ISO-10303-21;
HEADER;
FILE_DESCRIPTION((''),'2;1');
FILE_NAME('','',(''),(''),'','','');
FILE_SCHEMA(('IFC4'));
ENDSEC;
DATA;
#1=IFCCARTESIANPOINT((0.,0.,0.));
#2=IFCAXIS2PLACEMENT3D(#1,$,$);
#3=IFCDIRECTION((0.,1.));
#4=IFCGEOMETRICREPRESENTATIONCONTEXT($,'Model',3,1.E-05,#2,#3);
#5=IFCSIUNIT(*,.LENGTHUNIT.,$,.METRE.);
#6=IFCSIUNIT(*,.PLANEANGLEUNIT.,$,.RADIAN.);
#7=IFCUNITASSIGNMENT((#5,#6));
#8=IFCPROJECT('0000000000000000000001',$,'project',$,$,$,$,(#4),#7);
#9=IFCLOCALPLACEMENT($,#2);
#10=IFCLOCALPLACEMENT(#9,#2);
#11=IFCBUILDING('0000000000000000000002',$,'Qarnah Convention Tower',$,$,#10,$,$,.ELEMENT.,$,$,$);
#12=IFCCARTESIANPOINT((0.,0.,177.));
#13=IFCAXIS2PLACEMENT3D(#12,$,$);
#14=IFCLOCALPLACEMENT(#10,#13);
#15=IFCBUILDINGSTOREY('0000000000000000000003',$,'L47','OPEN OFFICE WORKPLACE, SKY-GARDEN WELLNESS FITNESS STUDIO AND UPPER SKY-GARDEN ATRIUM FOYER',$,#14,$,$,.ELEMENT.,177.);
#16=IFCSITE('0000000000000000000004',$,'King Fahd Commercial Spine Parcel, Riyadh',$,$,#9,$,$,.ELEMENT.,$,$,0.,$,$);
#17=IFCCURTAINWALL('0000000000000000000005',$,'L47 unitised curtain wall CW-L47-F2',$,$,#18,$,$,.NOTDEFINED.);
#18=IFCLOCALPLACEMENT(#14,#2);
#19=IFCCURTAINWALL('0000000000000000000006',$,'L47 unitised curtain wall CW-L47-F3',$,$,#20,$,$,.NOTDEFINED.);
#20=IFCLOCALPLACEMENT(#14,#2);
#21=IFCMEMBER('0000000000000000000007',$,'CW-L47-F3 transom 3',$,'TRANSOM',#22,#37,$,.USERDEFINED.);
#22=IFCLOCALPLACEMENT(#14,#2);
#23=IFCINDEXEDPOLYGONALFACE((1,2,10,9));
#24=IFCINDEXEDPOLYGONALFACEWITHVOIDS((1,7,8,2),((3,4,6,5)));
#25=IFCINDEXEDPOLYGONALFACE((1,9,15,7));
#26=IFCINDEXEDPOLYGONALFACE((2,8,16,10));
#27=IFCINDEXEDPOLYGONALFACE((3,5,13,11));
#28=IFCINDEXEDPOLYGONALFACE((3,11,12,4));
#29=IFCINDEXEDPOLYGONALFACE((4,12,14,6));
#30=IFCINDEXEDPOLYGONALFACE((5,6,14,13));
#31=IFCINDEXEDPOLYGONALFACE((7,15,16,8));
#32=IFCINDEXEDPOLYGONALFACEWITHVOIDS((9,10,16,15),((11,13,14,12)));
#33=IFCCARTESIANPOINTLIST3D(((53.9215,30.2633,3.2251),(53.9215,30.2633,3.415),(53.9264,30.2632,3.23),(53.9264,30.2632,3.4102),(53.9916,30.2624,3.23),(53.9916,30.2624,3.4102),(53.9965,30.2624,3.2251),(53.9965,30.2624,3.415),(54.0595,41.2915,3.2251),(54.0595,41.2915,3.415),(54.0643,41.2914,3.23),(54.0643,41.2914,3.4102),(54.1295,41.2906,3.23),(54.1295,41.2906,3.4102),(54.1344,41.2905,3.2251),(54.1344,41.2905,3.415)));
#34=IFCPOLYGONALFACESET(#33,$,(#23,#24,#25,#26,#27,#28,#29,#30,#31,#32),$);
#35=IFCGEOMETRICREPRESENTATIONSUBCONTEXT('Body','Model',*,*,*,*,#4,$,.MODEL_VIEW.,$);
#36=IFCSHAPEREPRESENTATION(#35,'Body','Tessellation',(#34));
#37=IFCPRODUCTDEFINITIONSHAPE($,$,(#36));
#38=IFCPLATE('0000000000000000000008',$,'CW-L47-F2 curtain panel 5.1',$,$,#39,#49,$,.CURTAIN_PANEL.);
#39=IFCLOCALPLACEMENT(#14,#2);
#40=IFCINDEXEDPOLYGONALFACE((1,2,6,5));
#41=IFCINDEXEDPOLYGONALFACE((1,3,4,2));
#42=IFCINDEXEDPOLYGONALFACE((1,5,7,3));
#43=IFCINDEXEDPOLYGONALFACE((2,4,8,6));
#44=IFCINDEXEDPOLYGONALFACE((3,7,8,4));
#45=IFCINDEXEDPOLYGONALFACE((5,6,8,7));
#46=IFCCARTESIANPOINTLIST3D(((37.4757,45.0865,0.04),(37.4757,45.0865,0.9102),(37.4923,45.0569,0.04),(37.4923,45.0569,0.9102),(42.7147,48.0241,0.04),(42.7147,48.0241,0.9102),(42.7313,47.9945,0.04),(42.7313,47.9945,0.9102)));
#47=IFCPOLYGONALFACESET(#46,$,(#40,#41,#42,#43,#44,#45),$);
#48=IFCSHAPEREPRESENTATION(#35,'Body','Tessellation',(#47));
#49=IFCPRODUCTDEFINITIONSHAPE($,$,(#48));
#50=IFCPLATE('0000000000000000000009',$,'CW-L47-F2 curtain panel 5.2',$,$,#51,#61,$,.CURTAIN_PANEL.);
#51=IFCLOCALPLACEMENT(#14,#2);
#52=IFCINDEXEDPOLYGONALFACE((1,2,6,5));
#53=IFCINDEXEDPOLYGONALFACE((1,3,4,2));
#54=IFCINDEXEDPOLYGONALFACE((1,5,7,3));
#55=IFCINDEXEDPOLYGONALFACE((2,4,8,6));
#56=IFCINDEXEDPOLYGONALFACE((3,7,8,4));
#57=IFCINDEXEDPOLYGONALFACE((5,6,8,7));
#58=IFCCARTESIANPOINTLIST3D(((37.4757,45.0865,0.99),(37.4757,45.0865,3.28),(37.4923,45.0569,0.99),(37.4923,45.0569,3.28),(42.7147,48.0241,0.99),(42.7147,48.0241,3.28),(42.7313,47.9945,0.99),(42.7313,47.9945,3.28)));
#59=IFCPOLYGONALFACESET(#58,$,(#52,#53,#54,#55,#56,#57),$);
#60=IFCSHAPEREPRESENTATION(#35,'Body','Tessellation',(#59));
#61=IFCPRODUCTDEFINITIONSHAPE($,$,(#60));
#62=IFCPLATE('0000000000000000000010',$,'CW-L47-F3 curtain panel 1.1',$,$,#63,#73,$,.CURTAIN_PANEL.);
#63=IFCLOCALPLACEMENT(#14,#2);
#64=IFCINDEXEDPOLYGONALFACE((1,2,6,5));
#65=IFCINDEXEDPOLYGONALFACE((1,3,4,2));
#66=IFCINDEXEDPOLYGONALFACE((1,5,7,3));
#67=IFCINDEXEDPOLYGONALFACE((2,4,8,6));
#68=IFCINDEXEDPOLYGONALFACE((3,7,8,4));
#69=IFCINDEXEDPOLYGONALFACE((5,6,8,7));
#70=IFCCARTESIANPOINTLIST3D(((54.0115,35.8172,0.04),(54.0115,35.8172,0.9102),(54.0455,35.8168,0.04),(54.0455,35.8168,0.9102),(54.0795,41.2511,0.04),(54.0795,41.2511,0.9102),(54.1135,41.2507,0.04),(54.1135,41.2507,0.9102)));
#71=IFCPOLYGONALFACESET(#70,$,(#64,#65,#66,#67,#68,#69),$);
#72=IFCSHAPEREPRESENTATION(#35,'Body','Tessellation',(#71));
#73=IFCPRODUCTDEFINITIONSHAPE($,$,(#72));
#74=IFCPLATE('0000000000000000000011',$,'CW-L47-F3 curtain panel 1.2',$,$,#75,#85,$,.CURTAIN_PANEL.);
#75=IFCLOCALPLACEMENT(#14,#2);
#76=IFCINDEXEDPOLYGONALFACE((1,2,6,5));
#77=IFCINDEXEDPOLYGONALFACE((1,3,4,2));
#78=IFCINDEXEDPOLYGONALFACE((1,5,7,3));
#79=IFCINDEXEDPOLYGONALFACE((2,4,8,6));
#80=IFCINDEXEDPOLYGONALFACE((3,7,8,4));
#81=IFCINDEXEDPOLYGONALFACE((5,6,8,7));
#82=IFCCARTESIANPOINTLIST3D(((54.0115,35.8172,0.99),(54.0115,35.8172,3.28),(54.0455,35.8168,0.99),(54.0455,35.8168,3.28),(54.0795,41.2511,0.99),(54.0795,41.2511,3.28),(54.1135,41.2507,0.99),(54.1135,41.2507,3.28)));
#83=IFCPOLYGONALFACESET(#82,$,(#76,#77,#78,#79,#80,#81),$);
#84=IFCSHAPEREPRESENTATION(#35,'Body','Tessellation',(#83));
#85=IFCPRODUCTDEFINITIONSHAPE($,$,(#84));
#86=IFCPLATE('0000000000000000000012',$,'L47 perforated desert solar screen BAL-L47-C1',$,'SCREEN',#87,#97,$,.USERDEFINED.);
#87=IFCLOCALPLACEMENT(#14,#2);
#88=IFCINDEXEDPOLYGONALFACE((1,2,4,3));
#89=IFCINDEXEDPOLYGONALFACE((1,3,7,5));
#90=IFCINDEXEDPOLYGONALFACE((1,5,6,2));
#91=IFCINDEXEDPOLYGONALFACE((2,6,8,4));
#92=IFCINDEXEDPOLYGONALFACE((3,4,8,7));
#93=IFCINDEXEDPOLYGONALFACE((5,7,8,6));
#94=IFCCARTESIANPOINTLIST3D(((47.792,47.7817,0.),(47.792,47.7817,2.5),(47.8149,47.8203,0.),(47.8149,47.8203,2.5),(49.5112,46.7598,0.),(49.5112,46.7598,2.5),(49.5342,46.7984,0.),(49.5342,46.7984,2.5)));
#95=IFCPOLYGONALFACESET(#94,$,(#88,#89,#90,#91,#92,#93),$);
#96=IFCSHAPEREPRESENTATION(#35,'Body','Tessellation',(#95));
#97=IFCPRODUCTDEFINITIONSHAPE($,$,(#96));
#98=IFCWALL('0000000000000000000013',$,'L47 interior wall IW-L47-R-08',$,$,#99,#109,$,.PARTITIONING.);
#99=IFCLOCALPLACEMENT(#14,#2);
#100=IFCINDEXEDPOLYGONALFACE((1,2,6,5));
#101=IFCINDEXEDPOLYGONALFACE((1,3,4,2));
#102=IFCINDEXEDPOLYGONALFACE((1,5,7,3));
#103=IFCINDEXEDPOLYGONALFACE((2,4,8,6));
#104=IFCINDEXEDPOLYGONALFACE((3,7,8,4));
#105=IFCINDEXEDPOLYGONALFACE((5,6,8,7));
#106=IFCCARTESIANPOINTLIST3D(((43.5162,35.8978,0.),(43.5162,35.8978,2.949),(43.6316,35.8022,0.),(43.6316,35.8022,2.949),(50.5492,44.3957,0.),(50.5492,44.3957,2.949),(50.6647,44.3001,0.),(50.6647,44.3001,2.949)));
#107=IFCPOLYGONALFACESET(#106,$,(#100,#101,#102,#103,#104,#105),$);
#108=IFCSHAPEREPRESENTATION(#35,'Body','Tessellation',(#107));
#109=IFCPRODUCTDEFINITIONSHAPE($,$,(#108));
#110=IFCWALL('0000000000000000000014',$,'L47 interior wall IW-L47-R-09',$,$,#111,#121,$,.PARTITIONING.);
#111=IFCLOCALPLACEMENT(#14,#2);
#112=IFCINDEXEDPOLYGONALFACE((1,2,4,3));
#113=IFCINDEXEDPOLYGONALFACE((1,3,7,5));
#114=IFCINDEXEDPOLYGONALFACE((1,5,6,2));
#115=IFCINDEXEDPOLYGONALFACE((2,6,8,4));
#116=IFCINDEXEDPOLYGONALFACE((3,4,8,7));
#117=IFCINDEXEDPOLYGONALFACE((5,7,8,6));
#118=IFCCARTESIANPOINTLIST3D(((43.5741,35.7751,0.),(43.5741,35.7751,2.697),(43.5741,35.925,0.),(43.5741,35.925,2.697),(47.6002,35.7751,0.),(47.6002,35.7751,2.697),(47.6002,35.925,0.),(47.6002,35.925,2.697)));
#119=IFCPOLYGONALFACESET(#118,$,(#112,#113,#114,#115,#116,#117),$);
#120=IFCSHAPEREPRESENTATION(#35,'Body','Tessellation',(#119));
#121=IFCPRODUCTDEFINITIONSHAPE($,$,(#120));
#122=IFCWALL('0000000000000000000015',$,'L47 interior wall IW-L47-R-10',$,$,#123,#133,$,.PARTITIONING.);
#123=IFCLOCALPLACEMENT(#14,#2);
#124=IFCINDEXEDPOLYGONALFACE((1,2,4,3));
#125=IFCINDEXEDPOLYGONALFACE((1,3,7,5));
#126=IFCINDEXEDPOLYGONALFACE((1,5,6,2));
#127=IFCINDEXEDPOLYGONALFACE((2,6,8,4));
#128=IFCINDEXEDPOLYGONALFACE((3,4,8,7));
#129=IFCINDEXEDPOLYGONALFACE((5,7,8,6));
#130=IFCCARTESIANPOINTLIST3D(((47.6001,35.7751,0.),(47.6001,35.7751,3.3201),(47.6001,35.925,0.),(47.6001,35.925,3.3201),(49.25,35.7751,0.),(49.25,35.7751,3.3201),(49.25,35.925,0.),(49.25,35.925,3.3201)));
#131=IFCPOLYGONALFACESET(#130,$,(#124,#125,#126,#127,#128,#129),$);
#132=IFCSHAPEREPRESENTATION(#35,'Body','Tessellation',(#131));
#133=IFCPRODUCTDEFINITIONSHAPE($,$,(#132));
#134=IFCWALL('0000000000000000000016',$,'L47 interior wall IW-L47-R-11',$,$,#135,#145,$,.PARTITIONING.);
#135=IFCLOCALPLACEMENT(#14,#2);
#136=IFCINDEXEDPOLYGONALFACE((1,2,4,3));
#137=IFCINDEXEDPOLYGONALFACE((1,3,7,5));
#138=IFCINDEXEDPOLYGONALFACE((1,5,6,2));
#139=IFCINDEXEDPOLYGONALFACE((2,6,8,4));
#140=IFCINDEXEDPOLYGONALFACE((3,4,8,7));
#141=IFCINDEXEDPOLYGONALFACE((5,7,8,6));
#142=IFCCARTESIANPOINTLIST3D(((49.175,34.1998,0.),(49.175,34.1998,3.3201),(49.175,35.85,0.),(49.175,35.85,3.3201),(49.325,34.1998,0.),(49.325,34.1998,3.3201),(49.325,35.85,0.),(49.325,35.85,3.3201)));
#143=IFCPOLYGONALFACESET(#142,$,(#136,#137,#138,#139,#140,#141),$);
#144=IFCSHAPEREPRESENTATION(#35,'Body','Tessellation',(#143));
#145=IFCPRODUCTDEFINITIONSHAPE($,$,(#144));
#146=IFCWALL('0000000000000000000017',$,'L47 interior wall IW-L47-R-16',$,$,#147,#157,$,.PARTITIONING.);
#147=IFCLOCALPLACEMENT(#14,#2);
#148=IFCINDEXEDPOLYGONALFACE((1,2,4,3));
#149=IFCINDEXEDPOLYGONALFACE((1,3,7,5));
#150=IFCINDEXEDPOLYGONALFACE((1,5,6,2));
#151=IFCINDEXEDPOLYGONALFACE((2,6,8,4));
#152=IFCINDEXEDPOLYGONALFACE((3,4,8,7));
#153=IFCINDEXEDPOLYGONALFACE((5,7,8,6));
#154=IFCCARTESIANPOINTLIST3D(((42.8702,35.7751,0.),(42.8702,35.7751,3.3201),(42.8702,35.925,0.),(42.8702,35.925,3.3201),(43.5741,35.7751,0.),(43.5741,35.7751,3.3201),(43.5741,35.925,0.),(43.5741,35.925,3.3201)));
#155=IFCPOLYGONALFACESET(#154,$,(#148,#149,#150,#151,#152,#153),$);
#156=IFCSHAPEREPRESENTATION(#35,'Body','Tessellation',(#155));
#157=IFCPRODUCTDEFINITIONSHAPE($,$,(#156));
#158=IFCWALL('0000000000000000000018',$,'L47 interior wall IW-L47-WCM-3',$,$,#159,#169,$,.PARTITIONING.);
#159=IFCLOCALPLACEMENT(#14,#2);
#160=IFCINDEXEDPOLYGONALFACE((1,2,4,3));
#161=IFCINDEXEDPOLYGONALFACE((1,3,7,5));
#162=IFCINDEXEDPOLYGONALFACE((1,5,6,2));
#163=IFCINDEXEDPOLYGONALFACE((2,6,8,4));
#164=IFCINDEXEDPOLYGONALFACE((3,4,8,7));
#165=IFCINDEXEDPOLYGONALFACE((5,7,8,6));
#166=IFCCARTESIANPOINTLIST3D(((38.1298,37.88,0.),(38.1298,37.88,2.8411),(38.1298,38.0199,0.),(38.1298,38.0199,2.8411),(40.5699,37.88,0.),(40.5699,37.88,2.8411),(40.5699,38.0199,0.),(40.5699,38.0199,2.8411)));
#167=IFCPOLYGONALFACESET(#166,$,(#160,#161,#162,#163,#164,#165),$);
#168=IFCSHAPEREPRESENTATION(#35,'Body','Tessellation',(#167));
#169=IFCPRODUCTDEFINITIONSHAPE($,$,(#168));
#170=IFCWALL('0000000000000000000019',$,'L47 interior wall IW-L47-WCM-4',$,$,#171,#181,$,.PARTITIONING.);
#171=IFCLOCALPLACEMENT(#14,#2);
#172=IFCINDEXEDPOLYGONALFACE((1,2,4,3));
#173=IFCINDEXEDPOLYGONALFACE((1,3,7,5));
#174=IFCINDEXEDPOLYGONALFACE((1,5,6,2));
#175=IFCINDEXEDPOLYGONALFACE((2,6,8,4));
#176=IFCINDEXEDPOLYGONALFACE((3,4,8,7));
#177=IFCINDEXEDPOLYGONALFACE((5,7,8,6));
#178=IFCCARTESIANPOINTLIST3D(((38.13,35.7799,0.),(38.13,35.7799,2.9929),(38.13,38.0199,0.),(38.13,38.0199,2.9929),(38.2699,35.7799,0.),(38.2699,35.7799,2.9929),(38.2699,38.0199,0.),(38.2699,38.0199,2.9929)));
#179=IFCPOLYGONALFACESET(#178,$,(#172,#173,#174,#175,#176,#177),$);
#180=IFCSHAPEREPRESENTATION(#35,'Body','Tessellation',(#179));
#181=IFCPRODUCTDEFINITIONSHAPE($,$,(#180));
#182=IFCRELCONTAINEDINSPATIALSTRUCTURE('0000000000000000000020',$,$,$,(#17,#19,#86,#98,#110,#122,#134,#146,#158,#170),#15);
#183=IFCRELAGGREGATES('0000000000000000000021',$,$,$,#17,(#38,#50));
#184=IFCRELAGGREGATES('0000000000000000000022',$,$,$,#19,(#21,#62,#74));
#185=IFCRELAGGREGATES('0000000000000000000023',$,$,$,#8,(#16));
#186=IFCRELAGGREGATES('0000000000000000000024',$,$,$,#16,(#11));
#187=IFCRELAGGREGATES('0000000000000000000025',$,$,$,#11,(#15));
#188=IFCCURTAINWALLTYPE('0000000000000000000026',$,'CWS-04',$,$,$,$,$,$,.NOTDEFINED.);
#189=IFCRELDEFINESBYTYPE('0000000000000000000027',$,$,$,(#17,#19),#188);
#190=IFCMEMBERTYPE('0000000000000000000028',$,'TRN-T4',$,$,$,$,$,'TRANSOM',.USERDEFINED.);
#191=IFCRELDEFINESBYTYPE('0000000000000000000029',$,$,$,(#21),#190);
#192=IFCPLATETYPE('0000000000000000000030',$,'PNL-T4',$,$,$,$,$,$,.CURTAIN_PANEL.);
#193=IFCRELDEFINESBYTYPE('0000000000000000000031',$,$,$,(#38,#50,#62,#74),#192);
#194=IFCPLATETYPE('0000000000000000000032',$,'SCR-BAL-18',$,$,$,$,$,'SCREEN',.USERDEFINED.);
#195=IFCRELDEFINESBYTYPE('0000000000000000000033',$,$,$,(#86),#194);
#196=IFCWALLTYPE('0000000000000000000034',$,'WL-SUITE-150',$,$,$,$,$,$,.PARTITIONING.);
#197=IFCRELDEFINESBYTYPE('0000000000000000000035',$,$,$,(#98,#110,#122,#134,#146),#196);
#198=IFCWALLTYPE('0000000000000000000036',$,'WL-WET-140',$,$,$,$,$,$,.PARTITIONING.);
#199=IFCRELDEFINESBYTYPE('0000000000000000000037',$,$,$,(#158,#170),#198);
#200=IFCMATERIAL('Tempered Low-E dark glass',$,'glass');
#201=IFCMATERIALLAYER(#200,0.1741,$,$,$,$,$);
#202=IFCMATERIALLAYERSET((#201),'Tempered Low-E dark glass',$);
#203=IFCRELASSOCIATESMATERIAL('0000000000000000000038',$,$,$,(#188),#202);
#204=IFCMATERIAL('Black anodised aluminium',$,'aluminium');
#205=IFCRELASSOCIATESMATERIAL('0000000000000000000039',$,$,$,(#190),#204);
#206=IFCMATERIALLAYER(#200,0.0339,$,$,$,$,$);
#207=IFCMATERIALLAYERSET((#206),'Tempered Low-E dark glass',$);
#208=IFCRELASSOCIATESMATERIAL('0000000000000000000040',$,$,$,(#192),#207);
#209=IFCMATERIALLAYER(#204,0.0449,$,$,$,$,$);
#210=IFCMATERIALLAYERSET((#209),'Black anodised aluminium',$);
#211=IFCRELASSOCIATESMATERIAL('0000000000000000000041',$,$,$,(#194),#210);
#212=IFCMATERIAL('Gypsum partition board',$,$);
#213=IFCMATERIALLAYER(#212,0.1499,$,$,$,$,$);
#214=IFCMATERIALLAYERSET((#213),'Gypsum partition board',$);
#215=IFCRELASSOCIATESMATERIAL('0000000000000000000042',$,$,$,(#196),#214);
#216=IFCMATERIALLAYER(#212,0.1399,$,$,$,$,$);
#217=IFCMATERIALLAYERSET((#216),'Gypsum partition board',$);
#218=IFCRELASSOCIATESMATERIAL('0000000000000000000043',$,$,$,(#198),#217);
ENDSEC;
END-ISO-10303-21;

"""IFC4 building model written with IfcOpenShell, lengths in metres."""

from ifc_helpers import new_model, si_unit, direction, frame, frame_2d, origin, origin_2d, place, context, subcontext, project, spatial, rectangle, hollow_rectangle, extrude, material, layer, layer_set, material_profile, profile_set, type_object, element, aggregate, save


model = new_model("IFC4")

# Units and contexts
model_context = context("Model", 3, precision=1e-05, world=origin(), true_north=direction((0.0, 1.0)))
body_context = subcontext(model_context, "Body", "Model", "MODEL_VIEW")
ifc_project = project(units=[si_unit("LENGTHUNIT", "METRE"), si_unit("PLANEANGLEUNIT", "RADIAN")], contexts=[model_context])

# Site, building, storey
site_placement = place(None, origin())
site = spatial("IfcSite", under=ifc_project, at=site_placement, Name="King Fahd Commercial Spine Parcel, Riyadh", CompositionType="ELEMENT", RefElevation=0.0)
building_placement = place(site_placement, origin())
building = spatial("IfcBuilding", under=site, at=building_placement, Name="Qarnah Convention Tower", CompositionType="ELEMENT")
storey_placement = place(building_placement, frame((0.0, 0.0, 177.0)))
storey = spatial("IfcBuildingStorey", under=building, at=storey_placement, Name="L47", Description="OPEN OFFICE WORKPLACE, SKY-GARDEN WELLNESS FITNESS STUDIO AND UPPER SKY-GARDEN ATRIUM FOYER", CompositionType="ELEMENT", Elevation=177.0)

# Curtain wall
ifc_material_1 = material(Name="Tempered Low-E dark glass", Category="glass")
ifc_layer_1 = layer(ifc_material_1, 0.1741)
ifc_layer_set_1 = layer_set([ifc_layer_1], Name="Tempered Low-E dark glass")
curtain_wall_type = type_object("IfcCurtainWallType", Name="CWS-04", PredefinedType="NOTDEFINED", material=ifc_layer_set_1)
curtain_wall_1_placement = place(storey_placement, origin())
curtain_wall_1 = element("IfcCurtainWall", 1, at=curtain_wall_1_placement, inside=storey, type_object=curtain_wall_type, Name="L47 unitised curtain wall CW-L47-F2", PredefinedType="NOTDEFINED")
ifc_material_2 = material(Name="Black anodised aluminium", Category="aluminium")

# Curtain wall, member
curtain_wall_2_placement = place(storey_placement, origin())
curtain_wall_2 = element("IfcCurtainWall", 2, at=curtain_wall_2_placement, inside=storey, type_object=curtain_wall_type, Name="L47 unitised curtain wall CW-L47-F3", PredefinedType="NOTDEFINED")
ifc_material_profile_1 = material_profile(ifc_material_2, hollow_rectangle(XDim=0.075, YDim=0.1899, WallThickness=0.0049, at=origin_2d()), Name="TRN-75X190")
ifc_profile_set_1 = profile_set([ifc_material_profile_1], Name="Black anodised aluminium")
member_type_1 = type_object("IfcMemberType", Name="TRN-T4", ElementType="TRANSOM", PredefinedType="USERDEFINED", material=ifc_profile_set_1)
member_1_placement = place(storey_placement, frame((54.0969, 41.291, 3.3201), z_axis=(-0.012507, -0.999922, 0.0), x_axis=(0.999922, -0.012507, 0.0)))
member_1 = element("IfcMember", 3, at=member_1_placement, type_object=member_type_1, Name="CW-L47-F3 transom 3", ObjectType="TRANSOM", PredefinedType="USERDEFINED", context=body_context, shape_type="SweptSolid", body=[
    extrude(hollow_rectangle(XDim=0.075, YDim=0.1899, WallThickness=0.0049, at=origin_2d()), origin(), (0.0, 0.0, 1.0), 11.0291),
])

# Plates
ifc_layer_2 = layer(ifc_material_1, 0.0339)
ifc_layer_set_2 = layer_set([ifc_layer_2], Name="Tempered Low-E dark glass")
plate_type_1 = type_object("IfcPlateType", Name="PNL-T4", PredefinedType="CURTAIN_PANEL", material=ifc_layer_set_2)
plate_1_placement = place(storey_placement, frame((40.1035, 46.5405, 0.04), z_axis=(0.0, 0.0, 1.0), x_axis=(0.872235, 0.489088, 0.0)))
plate_1 = element("IfcPlate", 4, at=plate_1_placement, type_object=plate_type_1, Name="CW-L47-F2 curtain panel 5.1", PredefinedType="CURTAIN_PANEL", context=body_context, shape_type="SweptSolid", body=[
    extrude(rectangle(XDim=6.0063, YDim=0.0339, at=origin_2d()), origin(), (0.0, 0.0, 1.0), 0.8701),
])
plate_2_placement = place(storey_placement, frame((40.1035, 46.5405, 0.99), z_axis=(0.0, 0.0, 1.0), x_axis=(0.872235, 0.489088, 0.0)))
plate_2 = element("IfcPlate", 5, at=plate_2_placement, type_object=plate_type_1, Name="CW-L47-F2 curtain panel 5.2", PredefinedType="CURTAIN_PANEL", context=body_context, shape_type="SweptSolid", body=[
    extrude(rectangle(XDim=6.0063, YDim=0.0339, at=origin_2d()), origin(), (0.0, 0.0, 1.0), 2.29),
])
aggregate(curtain_wall_1, [plate_1, plate_2])
plate_3_placement = place(storey_placement, frame((54.0625, 38.5339, 0.04), z_axis=(0.0, 0.0, 1.0), x_axis=(-0.012513, -0.999922, 0.0)))
plate_3 = element("IfcPlate", 6, at=plate_3_placement, type_object=plate_type_1, Name="CW-L47-F3 curtain panel 1.1", PredefinedType="CURTAIN_PANEL", context=body_context, shape_type="SweptSolid", body=[
    extrude(rectangle(XDim=5.4343, YDim=0.0339, at=origin_2d()), origin(), (0.0, 0.0, 1.0), 0.8701),
])
plate_4_placement = place(storey_placement, frame((54.0625, 38.5339, 0.99), z_axis=(0.0, 0.0, 1.0), x_axis=(-0.012513, -0.999922, 0.0)))
plate_4 = element("IfcPlate", 7, at=plate_4_placement, type_object=plate_type_1, Name="CW-L47-F3 curtain panel 1.2", PredefinedType="CURTAIN_PANEL", context=body_context, shape_type="SweptSolid", body=[
    extrude(rectangle(XDim=5.4343, YDim=0.0339, at=origin_2d()), origin(), (0.0, 0.0, 1.0), 2.29),
])
aggregate(curtain_wall_2, [member_1, plate_3, plate_4])
ifc_layer_3 = layer(ifc_material_2, 0.0449)
ifc_layer_set_3 = layer_set([ifc_layer_3], Name="Black anodised aluminium")
plate_type_2 = type_object("IfcPlateType", Name="SCR-BAL-18", ElementType="SCREEN", PredefinedType="USERDEFINED", material=ifc_layer_set_3)
plate_5_placement = place(storey_placement, frame((48.6631, 47.29, 0.0), z_axis=(0.0, 0.0, 1.0), x_axis=(0.859625, -0.510926, 0.0)))
element("IfcPlate", 8, at=plate_5_placement, inside=storey, type_object=plate_type_2, Name="L47 perforated desert solar screen BAL-L47-C1", ObjectType="SCREEN", PredefinedType="USERDEFINED", context=body_context, shape_type="SweptSolid", body=[
    extrude(rectangle(XDim=2.0, YDim=0.0449, at=origin_2d()), origin(), (0.0, 0.0, 1.0), 2.5),
])

# Walls
ifc_material_3 = material(Name="Gypsum partition board")
ifc_layer_4 = layer(ifc_material_3, 0.1499)
ifc_layer_set_4 = layer_set([ifc_layer_4], Name="Gypsum partition board")
wall_type_1 = type_object("IfcWallType", Name="WL-SUITE-150", PredefinedType="PARTITIONING", material=ifc_layer_set_4)
wall_1_placement = place(storey_placement, frame((50.6069, 44.3479, 0.0), z_axis=(0.0, 0.0, 1.0), x_axis=(-0.637584, -0.770381, 0.0)))
element("IfcWall", 9, at=wall_1_placement, inside=storey, type_object=wall_type_1, Name="L47 interior wall IW-L47-R-08", PredefinedType="PARTITIONING", context=body_context, shape_type="SweptSolid", body=[
    extrude(rectangle(XDim=11.0308, YDim=0.1499, at=frame_2d((5.5154, 0.0))), origin(), (0.0, 0.0, 1.0), 2.949),
])
wall_2_placement = place(storey_placement, frame((43.574, 35.8501, 0.0), z_axis=(0.0, 0.0, 1.0), x_axis=(1.0, 0.0, 0.0)))
element("IfcWall", 10, at=wall_2_placement, inside=storey, type_object=wall_type_1, Name="L47 interior wall IW-L47-R-09", PredefinedType="PARTITIONING", context=body_context, shape_type="SweptSolid", body=[
    extrude(rectangle(XDim=4.0261, YDim=0.1499, at=frame_2d((2.0132, 0.0))), origin(), (0.0, 0.0, 1.0), 2.697),
])
wall_3_placement = place(storey_placement, frame((47.6001, 35.8501, 0.0), z_axis=(0.0, 0.0, 1.0), x_axis=(1.0, 0.0, 0.0)))
element("IfcWall", 11, at=wall_3_placement, inside=storey, type_object=wall_type_1, Name="L47 interior wall IW-L47-R-10", PredefinedType="PARTITIONING", context=body_context, shape_type="SweptSolid", body=[
    extrude(rectangle(XDim=1.6499, YDim=0.1499, at=frame_2d((0.825, 0.0))), origin(), (0.0, 0.0, 1.0), 3.3201),
])
wall_4_placement = place(storey_placement, frame((49.25, 35.8501, 0.0), z_axis=(0.0, 0.0, 1.0), x_axis=(0.0, -1.0, 0.0)))
element("IfcWall", 12, at=wall_4_placement, inside=storey, type_object=wall_type_1, Name="L47 interior wall IW-L47-R-11", PredefinedType="PARTITIONING", context=body_context, shape_type="SweptSolid", body=[
    extrude(rectangle(XDim=1.6501, YDim=0.1499, at=frame_2d((0.8252, 0.0))), origin(), (0.0, 0.0, 1.0), 3.3201),
])
wall_5_placement = place(storey_placement, frame((42.8701, 35.8501, 0.0), z_axis=(0.0, 0.0, 1.0), x_axis=(1.0, 0.0, 0.0)))
element("IfcWall", 13, at=wall_5_placement, inside=storey, type_object=wall_type_1, Name="L47 interior wall IW-L47-R-16", PredefinedType="PARTITIONING", context=body_context, shape_type="SweptSolid", body=[
    extrude(rectangle(XDim=0.7039, YDim=0.1499, at=frame_2d((0.3521, 0.0))), origin(), (0.0, 0.0, 1.0), 3.3201),
])
ifc_layer_5 = layer(ifc_material_3, 0.1399)
ifc_layer_set_5 = layer_set([ifc_layer_5], Name="Gypsum partition board")
wall_type_2 = type_object("IfcWallType", Name="WL-WET-140", PredefinedType="PARTITIONING", material=ifc_layer_set_5)
wall_6_placement = place(storey_placement, frame((40.5701, 37.95, 0.0), z_axis=(0.0, 0.0, 1.0), x_axis=(-1.0, 0.0, 0.0)))
element("IfcWall", 14, at=wall_6_placement, inside=storey, type_object=wall_type_2, Name="L47 interior wall IW-L47-WCM-3", PredefinedType="PARTITIONING", context=body_context, shape_type="SweptSolid", body=[
    extrude(rectangle(XDim=2.4402, YDim=0.1399, at=frame_2d((1.2202, 0.0))), origin(), (0.0, 0.0, 1.0), 2.8411),
])
wall_7_placement = place(storey_placement, frame((38.2, 38.02, 0.0), z_axis=(0.0, 0.0, 1.0), x_axis=(0.0, -1.0, 0.0)))
element("IfcWall", 15, at=wall_7_placement, inside=storey, type_object=wall_type_2, Name="L47 interior wall IW-L47-WCM-4", PredefinedType="PARTITIONING", context=body_context, shape_type="SweptSolid", body=[
    extrude(rectangle(XDim=2.24, YDim=0.1399, at=frame_2d((1.1201, 0.0))), origin(), (0.0, 0.0, 1.0), 2.9929),
])

save(model, "model.ifc")
